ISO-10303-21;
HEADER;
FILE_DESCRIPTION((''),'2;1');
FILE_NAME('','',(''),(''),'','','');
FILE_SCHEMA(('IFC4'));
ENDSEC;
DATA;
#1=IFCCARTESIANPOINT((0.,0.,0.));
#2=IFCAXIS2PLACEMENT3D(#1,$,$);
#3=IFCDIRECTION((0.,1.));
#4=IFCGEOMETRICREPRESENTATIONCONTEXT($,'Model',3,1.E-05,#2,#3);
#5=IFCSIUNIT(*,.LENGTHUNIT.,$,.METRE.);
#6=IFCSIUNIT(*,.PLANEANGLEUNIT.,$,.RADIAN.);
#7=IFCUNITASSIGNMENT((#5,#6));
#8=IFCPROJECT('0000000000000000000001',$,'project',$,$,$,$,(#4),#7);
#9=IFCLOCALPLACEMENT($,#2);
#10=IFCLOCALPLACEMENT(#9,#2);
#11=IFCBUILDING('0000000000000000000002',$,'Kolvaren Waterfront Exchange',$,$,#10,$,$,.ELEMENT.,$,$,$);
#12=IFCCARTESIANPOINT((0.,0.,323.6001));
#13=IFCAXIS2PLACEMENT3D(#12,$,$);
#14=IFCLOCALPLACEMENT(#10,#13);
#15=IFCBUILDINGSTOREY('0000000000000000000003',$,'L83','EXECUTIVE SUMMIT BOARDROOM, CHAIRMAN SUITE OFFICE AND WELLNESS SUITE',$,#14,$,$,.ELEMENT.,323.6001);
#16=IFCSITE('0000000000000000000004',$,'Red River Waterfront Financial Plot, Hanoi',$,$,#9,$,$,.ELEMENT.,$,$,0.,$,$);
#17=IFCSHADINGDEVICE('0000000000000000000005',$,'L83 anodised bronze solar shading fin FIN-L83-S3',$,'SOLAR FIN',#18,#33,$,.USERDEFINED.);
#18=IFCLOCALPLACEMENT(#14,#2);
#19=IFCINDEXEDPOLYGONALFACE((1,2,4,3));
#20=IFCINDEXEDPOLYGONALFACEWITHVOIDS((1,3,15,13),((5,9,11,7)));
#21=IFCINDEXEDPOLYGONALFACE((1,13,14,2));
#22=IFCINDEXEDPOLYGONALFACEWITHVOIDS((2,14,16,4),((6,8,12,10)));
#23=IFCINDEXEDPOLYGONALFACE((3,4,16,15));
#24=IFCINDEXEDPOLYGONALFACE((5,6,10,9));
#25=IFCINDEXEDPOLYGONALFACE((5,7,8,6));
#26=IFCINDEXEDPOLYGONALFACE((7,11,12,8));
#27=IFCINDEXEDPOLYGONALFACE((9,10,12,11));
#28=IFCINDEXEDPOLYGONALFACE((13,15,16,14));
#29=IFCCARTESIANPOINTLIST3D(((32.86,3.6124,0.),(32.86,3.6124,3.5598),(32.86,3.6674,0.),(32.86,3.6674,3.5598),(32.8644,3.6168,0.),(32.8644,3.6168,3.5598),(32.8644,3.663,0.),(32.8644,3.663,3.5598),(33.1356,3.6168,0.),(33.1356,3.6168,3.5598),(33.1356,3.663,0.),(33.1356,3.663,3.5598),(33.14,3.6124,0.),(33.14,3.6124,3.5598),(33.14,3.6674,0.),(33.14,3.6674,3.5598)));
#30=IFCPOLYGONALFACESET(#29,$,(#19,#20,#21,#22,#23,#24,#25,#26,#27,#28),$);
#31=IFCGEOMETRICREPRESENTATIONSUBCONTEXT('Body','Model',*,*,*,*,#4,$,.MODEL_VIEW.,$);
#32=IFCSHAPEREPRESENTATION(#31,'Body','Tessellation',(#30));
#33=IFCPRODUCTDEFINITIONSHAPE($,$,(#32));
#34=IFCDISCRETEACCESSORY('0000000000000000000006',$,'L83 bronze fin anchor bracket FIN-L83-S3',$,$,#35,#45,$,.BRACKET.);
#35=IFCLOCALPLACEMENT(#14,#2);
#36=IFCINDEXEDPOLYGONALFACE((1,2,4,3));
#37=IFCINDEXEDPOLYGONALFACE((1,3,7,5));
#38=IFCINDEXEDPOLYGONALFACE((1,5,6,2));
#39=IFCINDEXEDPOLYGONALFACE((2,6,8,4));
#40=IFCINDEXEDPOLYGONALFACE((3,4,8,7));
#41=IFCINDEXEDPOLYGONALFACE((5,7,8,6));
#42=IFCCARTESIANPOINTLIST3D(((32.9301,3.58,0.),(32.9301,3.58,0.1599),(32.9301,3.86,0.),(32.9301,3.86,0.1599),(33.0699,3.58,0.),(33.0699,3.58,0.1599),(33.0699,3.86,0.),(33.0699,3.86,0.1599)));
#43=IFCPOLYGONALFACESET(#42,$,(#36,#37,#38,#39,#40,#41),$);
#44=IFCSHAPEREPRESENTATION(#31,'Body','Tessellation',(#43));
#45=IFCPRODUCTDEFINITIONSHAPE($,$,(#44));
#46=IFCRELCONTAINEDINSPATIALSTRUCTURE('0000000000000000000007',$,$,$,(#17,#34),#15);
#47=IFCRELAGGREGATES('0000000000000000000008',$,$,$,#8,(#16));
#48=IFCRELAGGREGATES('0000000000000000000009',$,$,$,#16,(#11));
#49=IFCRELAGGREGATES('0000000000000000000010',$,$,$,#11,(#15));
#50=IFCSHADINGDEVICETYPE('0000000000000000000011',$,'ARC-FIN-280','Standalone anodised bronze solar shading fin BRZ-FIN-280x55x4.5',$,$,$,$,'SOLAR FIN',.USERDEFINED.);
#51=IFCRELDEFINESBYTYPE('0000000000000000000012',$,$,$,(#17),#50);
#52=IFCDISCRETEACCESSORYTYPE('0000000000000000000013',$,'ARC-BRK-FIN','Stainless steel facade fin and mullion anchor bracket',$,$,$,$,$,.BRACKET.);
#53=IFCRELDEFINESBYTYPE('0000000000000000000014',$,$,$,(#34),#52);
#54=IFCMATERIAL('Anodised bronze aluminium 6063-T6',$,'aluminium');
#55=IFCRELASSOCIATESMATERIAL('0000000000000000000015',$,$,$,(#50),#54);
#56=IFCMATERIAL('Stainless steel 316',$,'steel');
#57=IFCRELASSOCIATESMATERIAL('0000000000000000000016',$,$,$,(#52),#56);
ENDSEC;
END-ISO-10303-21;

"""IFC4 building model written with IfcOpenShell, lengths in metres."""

from ifc_helpers import new_model, si_unit, direction, frame, origin, origin_with_axes, origin_2d, place, context, subcontext, project, spatial, rectangle, hollow_rectangle, extrude, source, transform, mapped, material, material_profile, profile_set, type_object, element, save


model = new_model("IFC4")

# Units and contexts
model_context = context("Model", 3, precision=1e-05, world=origin(), true_north=direction((0.0, 1.0)))
body_context = subcontext(model_context, "Body", "Model", "MODEL_VIEW")
ifc_project = project(units=[si_unit("LENGTHUNIT", "METRE"), si_unit("PLANEANGLEUNIT", "RADIAN")], contexts=[model_context])

# Site, building, storey
site_placement = place(None, origin())
site = spatial("IfcSite", under=ifc_project, at=site_placement, Name="Red River Waterfront Financial Plot, Hanoi", CompositionType="ELEMENT", RefElevation=0.0)
building_placement = place(site_placement, origin())
building = spatial("IfcBuilding", under=site, at=building_placement, Name="Kolvaren Waterfront Exchange", CompositionType="ELEMENT")
storey_placement = place(building_placement, frame((0.0, 0.0, 323.6001)))
storey = spatial("IfcBuildingStorey", under=building, at=storey_placement, Name="L83", Description="EXECUTIVE SUMMIT BOARDROOM, CHAIRMAN SUITE OFFICE AND WELLNESS SUITE", CompositionType="ELEMENT", Elevation=323.6001)

# Shared definitions
ifc_material_1 = material(Name="Anodised bronze aluminium 6063-T6", Category="aluminium")

# Shading device
ifc_material_profile_1 = material_profile(ifc_material_1, hollow_rectangle(XDim=0.0549, YDim=0.28, WallThickness=0.0044, at=origin_2d()), Name="BRZ-FIN-280x55x4.5")
ifc_profile_set_1 = profile_set([ifc_material_profile_1], Name="Anodised bronze aluminium 6063-T6")
shading_device_type = type_object("IfcShadingDeviceType", Name="ARC-FIN-280", Description="Standalone anodised bronze solar shading fin BRZ-FIN-280x55x4.5", ElementType="SOLAR FIN", PredefinedType="USERDEFINED", material=ifc_profile_set_1)
shading_device_placement = place(storey_placement, frame((33.0, 3.6399, 0.0), z_axis=(0.0, 0.0, 1.0), x_axis=(0.0, -1.0, 0.0)))
element("IfcShadingDevice", 1, at=shading_device_placement, inside=storey, type_object=shading_device_type, Name="L83 anodised bronze solar shading fin FIN-L83-S3", ObjectType="SOLAR FIN", PredefinedType="USERDEFINED", context=body_context, shape_type="SweptSolid", body=[
    extrude(hollow_rectangle(XDim=0.0549, YDim=0.28, WallThickness=0.0044, at=origin_2d()), origin(), (0.0, 0.0, 1.0), 3.5598),
])

# Discrete accessory
ifc_material_2 = material(Name="Stainless steel 316", Category="steel")
discrete_accessory_type = type_object("IfcDiscreteAccessoryType", Name="ARC-BRK-FIN", Description="Stainless steel facade fin and mullion anchor bracket", PredefinedType="BRACKET", material=ifc_material_2)
shared_shape_1 = source(origin_with_axes(), body_context, "Body", "SweptSolid", [
    extrude(rectangle(XDim=0.28, YDim=0.1399, at=origin_2d()), origin(), (0.0, 0.0, 1.0), 0.1599),
])
discrete_accessory_placement = place(storey_placement, frame((33.0, 3.72, 0.0), z_axis=(0.0, 0.0, 1.0), x_axis=(0.0, -1.0, 0.0)))
element("IfcDiscreteAccessory", 2, at=discrete_accessory_placement, inside=storey, type_object=discrete_accessory_type, Name="L83 bronze fin anchor bracket FIN-L83-S3", PredefinedType="BRACKET", context=body_context, shape_type="MappedRepresentation", body=[
    mapped(shared_shape_1, transform((0.0, 0.0, 0.0), x_axis=(1.0, 0.0, 0.0), y_axis=(0.0, 1.0, 0.0), z_axis=(0.0, 0.0, 1.0), scale=1.0)),
])

save(model, "model.ifc")
